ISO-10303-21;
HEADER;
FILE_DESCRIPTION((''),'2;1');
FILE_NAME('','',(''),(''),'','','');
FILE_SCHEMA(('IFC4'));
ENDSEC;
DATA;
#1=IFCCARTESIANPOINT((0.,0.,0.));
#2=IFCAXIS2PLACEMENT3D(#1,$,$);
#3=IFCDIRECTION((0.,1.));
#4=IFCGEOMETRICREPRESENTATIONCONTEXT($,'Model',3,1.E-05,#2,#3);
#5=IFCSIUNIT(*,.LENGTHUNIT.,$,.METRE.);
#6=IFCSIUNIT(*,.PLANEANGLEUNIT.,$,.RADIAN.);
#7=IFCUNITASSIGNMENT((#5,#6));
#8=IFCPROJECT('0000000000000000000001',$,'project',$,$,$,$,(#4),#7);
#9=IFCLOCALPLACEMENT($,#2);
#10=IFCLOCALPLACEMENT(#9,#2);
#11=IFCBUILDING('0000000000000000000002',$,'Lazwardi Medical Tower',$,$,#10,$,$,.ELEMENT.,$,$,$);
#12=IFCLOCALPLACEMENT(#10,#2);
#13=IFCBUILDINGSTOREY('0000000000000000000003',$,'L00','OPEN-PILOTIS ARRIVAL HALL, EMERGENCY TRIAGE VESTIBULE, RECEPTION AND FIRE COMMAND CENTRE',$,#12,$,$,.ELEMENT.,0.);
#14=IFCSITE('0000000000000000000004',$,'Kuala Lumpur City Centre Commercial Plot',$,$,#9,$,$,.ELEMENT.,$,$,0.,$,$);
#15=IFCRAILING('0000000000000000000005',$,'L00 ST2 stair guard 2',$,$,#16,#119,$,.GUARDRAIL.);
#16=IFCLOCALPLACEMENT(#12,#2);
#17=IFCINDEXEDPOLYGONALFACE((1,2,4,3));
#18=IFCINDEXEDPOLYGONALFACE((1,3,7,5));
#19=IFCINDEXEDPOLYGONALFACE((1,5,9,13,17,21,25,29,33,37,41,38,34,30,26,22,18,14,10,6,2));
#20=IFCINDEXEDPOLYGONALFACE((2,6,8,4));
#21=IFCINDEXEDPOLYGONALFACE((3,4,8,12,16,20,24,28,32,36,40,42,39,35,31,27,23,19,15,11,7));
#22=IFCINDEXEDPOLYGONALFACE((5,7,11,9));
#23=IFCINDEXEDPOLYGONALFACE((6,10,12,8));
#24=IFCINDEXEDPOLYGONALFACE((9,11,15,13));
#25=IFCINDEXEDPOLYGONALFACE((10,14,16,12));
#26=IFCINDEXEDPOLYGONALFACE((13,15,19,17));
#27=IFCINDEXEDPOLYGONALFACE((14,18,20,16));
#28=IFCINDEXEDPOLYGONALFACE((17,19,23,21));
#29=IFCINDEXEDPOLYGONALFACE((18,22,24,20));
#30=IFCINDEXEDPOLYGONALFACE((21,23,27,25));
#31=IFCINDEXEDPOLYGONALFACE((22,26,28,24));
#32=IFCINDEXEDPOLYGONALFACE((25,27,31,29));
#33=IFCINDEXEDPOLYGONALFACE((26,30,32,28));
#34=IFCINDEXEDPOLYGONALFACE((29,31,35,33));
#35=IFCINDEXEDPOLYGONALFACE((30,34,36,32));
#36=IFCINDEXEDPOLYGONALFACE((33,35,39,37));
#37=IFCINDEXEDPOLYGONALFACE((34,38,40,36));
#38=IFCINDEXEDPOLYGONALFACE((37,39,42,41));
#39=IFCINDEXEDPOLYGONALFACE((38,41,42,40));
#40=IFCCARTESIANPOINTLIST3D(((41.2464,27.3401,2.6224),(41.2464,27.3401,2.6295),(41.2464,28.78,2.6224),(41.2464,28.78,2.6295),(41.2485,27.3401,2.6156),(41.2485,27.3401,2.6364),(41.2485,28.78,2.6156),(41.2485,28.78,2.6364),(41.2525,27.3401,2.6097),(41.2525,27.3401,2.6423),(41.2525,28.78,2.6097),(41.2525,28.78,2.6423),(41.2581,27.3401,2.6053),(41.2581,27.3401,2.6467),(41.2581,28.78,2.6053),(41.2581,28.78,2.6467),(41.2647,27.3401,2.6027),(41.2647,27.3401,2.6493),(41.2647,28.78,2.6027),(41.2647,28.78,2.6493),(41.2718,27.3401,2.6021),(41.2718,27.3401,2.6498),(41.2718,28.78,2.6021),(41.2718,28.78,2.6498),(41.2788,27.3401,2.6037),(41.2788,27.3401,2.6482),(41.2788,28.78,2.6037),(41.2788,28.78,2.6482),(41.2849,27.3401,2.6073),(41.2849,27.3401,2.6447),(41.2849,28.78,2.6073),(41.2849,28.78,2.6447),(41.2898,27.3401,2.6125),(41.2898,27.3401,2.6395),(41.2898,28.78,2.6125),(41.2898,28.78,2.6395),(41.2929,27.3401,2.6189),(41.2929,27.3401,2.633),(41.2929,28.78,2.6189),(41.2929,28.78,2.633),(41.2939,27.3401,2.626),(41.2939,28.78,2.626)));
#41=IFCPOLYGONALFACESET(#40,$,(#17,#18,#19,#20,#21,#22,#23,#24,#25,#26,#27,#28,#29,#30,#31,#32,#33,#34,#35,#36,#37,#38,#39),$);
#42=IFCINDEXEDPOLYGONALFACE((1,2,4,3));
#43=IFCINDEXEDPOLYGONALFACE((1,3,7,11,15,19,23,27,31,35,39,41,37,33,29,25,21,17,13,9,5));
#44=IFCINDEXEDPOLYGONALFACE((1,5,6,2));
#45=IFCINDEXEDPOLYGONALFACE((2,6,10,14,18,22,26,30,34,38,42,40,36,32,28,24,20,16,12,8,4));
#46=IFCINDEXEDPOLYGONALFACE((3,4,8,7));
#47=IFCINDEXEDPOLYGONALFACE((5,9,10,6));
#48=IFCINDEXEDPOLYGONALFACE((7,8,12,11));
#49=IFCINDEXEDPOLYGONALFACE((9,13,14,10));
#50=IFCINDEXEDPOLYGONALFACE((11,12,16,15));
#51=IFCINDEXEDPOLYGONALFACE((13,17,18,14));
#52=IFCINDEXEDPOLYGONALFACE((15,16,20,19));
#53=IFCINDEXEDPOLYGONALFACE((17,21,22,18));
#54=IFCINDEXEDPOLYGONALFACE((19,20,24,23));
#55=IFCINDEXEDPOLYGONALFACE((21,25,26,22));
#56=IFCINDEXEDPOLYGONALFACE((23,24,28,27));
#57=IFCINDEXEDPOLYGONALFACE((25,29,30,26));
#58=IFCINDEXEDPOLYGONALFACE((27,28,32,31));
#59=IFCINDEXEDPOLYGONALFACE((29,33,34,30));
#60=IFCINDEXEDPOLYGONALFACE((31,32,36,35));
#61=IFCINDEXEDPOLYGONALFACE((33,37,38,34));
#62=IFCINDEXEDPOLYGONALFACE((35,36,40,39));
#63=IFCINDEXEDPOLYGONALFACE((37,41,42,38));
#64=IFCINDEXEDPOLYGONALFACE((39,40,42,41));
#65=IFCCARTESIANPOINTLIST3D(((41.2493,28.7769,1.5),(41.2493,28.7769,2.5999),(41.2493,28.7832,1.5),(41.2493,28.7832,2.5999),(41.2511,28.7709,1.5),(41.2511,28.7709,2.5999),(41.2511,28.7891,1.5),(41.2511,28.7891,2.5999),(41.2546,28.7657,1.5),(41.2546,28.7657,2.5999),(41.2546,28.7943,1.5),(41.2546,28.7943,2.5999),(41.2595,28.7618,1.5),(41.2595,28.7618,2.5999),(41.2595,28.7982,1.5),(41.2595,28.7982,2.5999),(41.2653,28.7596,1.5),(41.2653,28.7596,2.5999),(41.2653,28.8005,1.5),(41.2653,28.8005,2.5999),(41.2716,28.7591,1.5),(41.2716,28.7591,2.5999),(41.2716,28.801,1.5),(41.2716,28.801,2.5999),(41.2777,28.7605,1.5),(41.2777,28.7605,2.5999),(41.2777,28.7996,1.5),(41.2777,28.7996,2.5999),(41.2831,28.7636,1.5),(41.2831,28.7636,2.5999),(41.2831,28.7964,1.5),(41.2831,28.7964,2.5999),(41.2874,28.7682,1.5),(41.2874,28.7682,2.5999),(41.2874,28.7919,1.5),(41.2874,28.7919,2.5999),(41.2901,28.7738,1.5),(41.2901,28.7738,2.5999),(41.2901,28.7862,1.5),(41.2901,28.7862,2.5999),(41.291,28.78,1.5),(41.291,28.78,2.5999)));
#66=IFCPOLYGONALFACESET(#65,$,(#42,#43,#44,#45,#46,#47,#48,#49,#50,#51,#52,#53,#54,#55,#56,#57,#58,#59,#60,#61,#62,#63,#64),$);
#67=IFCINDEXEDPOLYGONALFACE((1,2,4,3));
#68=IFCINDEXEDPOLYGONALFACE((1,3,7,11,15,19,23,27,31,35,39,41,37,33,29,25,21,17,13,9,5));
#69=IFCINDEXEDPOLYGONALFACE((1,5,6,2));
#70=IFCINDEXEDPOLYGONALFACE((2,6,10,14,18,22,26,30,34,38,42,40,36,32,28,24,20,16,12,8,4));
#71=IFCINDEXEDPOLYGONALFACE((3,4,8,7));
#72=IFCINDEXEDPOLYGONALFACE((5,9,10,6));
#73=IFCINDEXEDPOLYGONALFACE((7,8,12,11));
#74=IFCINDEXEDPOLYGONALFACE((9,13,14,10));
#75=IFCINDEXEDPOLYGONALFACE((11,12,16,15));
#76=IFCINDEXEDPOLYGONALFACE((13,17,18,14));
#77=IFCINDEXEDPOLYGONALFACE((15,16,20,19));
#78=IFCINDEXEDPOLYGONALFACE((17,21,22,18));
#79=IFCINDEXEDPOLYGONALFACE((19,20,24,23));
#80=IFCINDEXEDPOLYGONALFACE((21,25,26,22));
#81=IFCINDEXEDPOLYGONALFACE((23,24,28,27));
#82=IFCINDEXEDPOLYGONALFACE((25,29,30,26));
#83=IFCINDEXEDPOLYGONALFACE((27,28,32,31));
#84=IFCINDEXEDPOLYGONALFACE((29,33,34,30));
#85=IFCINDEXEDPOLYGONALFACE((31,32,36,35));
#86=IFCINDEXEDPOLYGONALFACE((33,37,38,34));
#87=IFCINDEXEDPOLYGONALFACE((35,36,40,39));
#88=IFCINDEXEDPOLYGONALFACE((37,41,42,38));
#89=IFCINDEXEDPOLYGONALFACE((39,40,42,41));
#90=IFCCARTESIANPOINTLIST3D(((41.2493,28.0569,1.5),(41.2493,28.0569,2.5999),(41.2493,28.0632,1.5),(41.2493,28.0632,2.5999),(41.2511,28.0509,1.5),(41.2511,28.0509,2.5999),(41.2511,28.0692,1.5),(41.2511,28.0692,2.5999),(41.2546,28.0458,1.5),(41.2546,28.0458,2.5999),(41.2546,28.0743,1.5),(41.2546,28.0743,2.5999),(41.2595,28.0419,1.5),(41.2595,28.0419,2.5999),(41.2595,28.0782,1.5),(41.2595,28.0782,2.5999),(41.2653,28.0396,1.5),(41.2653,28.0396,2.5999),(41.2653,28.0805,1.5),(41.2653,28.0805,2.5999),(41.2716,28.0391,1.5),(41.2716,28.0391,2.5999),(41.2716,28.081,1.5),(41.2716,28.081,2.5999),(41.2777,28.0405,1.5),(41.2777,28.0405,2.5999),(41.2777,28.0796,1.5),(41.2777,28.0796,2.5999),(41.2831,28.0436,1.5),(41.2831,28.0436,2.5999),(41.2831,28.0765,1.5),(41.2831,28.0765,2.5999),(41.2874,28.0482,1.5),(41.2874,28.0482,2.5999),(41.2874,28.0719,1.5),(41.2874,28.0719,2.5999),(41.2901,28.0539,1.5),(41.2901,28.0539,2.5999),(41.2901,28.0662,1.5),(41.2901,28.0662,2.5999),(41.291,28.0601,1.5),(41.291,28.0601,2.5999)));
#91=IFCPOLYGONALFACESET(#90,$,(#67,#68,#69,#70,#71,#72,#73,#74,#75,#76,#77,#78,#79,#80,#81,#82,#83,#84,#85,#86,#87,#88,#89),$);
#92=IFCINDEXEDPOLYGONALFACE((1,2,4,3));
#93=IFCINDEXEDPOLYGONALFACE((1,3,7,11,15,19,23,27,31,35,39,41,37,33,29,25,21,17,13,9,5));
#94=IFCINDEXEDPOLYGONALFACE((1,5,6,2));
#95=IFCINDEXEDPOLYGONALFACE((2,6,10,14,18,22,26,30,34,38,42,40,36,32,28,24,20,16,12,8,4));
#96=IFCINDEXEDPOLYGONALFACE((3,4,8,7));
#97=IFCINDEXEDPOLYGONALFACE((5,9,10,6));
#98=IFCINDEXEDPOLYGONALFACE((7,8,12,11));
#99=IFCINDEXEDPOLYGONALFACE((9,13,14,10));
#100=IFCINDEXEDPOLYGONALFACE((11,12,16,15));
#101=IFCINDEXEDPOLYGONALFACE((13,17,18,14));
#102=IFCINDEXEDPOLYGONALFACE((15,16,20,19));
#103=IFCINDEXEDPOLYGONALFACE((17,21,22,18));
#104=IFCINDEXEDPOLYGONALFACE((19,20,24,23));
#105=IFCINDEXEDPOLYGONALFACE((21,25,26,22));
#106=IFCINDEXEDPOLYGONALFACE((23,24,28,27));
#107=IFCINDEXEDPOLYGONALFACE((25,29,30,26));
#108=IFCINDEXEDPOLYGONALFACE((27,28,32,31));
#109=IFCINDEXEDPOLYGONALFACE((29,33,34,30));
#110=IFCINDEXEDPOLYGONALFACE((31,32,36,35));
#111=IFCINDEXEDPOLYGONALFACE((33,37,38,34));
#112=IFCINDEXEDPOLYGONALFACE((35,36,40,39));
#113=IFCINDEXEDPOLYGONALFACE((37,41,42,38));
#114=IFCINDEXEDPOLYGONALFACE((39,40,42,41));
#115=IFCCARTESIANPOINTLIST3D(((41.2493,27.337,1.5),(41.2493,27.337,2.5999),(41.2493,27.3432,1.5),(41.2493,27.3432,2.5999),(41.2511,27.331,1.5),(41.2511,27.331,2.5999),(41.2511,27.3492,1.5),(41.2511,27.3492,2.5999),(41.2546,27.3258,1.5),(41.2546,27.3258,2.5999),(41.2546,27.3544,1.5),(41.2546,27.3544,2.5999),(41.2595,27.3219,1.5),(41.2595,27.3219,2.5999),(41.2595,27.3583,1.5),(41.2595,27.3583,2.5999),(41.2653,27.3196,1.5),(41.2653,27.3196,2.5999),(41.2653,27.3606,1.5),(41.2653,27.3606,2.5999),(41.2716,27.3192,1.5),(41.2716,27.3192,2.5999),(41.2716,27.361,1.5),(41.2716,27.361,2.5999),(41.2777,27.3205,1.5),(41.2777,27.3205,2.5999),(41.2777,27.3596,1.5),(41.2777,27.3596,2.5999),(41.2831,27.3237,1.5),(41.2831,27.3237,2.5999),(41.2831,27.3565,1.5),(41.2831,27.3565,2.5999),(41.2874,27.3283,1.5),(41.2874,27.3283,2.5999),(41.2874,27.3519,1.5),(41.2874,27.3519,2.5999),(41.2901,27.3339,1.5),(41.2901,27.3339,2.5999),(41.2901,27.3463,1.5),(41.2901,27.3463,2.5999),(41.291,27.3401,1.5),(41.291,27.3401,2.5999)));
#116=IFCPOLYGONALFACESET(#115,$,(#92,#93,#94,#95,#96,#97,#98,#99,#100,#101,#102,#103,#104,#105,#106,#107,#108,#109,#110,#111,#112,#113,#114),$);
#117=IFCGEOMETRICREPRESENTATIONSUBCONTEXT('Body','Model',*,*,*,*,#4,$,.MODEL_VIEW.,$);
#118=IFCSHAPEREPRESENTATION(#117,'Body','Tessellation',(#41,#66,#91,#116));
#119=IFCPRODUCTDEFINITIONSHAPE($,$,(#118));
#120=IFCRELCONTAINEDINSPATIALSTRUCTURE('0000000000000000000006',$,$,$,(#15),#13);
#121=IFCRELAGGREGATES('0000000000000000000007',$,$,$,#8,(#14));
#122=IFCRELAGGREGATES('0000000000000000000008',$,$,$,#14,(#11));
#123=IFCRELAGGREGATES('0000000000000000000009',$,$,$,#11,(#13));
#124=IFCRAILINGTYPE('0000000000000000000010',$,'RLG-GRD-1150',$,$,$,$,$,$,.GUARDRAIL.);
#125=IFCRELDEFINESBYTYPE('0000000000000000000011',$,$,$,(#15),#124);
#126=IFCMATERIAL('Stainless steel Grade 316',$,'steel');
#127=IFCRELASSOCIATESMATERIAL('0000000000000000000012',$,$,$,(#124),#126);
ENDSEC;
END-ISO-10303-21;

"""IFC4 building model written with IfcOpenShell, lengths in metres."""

from ifc_helpers import new_model, si_unit, direction, frame, origin, origin_2d, place, context, subcontext, project, spatial, circle, extrude, material, type_object, element, save


model = new_model("IFC4")

# Units and contexts
model_context = context("Model", 3, precision=1e-05, world=origin(), true_north=direction((0.0, 1.0)))
body_context = subcontext(model_context, "Body", "Model", "MODEL_VIEW")
ifc_project = project(units=[si_unit("LENGTHUNIT", "METRE"), si_unit("PLANEANGLEUNIT", "RADIAN")], contexts=[model_context])

# Site, building, storey
site_placement = place(None, origin())
site = spatial("IfcSite", under=ifc_project, at=site_placement, Name="Kuala Lumpur City Centre Commercial Plot", CompositionType="ELEMENT", RefElevation=0.0)
building_placement = place(site_placement, origin())
building = spatial("IfcBuilding", under=site, at=building_placement, Name="Lazwardi Medical Tower", CompositionType="ELEMENT")
storey_placement = place(building_placement, origin())
storey = spatial("IfcBuildingStorey", under=building, at=storey_placement, Name="L00", Description="OPEN-PILOTIS ARRIVAL HALL, EMERGENCY TRIAGE VESTIBULE, RECEPTION AND FIRE COMMAND CENTRE", CompositionType="ELEMENT", Elevation=0.0)

# Railing
ifc_material_1 = material(Name="Stainless steel Grade 316", Category="steel")
railing_type_1 = type_object("IfcRailingType", Name="RLG-GRD-1150", PredefinedType="GUARDRAIL", material=ifc_material_1)
railing_1_placement = place(storey_placement, frame((41.27, 28.78, 1.5)))
element("IfcRailing", 1, at=railing_1_placement, inside=storey, type_object=railing_type_1, Name="L00 ST2 stair guard 2", PredefinedType="GUARDRAIL", context=body_context, shape_type="SweptSolid", body=[
    extrude(circle(Radius=0.0239, at=origin_2d()), frame((0.0, 0.0, 1.126), z_axis=(0.0, -1.0, 0.0), x_axis=(1.0, 0.0, 0.0)), (0.0, 0.0, 1.0), 1.4399),
    extrude(circle(Radius=0.021, at=origin_2d()), origin(), (0.0, 0.0, 1.0), 1.0999),
    extrude(circle(Radius=0.021, at=origin_2d()), frame((0.0, -0.72, 0.0)), (0.0, 0.0, 1.0), 1.0999),
    extrude(circle(Radius=0.021, at=origin_2d()), frame((0.0, -1.4399, 0.0)), (0.0, 0.0, 1.0), 1.0999),
])

save(model, "model.ifc")
